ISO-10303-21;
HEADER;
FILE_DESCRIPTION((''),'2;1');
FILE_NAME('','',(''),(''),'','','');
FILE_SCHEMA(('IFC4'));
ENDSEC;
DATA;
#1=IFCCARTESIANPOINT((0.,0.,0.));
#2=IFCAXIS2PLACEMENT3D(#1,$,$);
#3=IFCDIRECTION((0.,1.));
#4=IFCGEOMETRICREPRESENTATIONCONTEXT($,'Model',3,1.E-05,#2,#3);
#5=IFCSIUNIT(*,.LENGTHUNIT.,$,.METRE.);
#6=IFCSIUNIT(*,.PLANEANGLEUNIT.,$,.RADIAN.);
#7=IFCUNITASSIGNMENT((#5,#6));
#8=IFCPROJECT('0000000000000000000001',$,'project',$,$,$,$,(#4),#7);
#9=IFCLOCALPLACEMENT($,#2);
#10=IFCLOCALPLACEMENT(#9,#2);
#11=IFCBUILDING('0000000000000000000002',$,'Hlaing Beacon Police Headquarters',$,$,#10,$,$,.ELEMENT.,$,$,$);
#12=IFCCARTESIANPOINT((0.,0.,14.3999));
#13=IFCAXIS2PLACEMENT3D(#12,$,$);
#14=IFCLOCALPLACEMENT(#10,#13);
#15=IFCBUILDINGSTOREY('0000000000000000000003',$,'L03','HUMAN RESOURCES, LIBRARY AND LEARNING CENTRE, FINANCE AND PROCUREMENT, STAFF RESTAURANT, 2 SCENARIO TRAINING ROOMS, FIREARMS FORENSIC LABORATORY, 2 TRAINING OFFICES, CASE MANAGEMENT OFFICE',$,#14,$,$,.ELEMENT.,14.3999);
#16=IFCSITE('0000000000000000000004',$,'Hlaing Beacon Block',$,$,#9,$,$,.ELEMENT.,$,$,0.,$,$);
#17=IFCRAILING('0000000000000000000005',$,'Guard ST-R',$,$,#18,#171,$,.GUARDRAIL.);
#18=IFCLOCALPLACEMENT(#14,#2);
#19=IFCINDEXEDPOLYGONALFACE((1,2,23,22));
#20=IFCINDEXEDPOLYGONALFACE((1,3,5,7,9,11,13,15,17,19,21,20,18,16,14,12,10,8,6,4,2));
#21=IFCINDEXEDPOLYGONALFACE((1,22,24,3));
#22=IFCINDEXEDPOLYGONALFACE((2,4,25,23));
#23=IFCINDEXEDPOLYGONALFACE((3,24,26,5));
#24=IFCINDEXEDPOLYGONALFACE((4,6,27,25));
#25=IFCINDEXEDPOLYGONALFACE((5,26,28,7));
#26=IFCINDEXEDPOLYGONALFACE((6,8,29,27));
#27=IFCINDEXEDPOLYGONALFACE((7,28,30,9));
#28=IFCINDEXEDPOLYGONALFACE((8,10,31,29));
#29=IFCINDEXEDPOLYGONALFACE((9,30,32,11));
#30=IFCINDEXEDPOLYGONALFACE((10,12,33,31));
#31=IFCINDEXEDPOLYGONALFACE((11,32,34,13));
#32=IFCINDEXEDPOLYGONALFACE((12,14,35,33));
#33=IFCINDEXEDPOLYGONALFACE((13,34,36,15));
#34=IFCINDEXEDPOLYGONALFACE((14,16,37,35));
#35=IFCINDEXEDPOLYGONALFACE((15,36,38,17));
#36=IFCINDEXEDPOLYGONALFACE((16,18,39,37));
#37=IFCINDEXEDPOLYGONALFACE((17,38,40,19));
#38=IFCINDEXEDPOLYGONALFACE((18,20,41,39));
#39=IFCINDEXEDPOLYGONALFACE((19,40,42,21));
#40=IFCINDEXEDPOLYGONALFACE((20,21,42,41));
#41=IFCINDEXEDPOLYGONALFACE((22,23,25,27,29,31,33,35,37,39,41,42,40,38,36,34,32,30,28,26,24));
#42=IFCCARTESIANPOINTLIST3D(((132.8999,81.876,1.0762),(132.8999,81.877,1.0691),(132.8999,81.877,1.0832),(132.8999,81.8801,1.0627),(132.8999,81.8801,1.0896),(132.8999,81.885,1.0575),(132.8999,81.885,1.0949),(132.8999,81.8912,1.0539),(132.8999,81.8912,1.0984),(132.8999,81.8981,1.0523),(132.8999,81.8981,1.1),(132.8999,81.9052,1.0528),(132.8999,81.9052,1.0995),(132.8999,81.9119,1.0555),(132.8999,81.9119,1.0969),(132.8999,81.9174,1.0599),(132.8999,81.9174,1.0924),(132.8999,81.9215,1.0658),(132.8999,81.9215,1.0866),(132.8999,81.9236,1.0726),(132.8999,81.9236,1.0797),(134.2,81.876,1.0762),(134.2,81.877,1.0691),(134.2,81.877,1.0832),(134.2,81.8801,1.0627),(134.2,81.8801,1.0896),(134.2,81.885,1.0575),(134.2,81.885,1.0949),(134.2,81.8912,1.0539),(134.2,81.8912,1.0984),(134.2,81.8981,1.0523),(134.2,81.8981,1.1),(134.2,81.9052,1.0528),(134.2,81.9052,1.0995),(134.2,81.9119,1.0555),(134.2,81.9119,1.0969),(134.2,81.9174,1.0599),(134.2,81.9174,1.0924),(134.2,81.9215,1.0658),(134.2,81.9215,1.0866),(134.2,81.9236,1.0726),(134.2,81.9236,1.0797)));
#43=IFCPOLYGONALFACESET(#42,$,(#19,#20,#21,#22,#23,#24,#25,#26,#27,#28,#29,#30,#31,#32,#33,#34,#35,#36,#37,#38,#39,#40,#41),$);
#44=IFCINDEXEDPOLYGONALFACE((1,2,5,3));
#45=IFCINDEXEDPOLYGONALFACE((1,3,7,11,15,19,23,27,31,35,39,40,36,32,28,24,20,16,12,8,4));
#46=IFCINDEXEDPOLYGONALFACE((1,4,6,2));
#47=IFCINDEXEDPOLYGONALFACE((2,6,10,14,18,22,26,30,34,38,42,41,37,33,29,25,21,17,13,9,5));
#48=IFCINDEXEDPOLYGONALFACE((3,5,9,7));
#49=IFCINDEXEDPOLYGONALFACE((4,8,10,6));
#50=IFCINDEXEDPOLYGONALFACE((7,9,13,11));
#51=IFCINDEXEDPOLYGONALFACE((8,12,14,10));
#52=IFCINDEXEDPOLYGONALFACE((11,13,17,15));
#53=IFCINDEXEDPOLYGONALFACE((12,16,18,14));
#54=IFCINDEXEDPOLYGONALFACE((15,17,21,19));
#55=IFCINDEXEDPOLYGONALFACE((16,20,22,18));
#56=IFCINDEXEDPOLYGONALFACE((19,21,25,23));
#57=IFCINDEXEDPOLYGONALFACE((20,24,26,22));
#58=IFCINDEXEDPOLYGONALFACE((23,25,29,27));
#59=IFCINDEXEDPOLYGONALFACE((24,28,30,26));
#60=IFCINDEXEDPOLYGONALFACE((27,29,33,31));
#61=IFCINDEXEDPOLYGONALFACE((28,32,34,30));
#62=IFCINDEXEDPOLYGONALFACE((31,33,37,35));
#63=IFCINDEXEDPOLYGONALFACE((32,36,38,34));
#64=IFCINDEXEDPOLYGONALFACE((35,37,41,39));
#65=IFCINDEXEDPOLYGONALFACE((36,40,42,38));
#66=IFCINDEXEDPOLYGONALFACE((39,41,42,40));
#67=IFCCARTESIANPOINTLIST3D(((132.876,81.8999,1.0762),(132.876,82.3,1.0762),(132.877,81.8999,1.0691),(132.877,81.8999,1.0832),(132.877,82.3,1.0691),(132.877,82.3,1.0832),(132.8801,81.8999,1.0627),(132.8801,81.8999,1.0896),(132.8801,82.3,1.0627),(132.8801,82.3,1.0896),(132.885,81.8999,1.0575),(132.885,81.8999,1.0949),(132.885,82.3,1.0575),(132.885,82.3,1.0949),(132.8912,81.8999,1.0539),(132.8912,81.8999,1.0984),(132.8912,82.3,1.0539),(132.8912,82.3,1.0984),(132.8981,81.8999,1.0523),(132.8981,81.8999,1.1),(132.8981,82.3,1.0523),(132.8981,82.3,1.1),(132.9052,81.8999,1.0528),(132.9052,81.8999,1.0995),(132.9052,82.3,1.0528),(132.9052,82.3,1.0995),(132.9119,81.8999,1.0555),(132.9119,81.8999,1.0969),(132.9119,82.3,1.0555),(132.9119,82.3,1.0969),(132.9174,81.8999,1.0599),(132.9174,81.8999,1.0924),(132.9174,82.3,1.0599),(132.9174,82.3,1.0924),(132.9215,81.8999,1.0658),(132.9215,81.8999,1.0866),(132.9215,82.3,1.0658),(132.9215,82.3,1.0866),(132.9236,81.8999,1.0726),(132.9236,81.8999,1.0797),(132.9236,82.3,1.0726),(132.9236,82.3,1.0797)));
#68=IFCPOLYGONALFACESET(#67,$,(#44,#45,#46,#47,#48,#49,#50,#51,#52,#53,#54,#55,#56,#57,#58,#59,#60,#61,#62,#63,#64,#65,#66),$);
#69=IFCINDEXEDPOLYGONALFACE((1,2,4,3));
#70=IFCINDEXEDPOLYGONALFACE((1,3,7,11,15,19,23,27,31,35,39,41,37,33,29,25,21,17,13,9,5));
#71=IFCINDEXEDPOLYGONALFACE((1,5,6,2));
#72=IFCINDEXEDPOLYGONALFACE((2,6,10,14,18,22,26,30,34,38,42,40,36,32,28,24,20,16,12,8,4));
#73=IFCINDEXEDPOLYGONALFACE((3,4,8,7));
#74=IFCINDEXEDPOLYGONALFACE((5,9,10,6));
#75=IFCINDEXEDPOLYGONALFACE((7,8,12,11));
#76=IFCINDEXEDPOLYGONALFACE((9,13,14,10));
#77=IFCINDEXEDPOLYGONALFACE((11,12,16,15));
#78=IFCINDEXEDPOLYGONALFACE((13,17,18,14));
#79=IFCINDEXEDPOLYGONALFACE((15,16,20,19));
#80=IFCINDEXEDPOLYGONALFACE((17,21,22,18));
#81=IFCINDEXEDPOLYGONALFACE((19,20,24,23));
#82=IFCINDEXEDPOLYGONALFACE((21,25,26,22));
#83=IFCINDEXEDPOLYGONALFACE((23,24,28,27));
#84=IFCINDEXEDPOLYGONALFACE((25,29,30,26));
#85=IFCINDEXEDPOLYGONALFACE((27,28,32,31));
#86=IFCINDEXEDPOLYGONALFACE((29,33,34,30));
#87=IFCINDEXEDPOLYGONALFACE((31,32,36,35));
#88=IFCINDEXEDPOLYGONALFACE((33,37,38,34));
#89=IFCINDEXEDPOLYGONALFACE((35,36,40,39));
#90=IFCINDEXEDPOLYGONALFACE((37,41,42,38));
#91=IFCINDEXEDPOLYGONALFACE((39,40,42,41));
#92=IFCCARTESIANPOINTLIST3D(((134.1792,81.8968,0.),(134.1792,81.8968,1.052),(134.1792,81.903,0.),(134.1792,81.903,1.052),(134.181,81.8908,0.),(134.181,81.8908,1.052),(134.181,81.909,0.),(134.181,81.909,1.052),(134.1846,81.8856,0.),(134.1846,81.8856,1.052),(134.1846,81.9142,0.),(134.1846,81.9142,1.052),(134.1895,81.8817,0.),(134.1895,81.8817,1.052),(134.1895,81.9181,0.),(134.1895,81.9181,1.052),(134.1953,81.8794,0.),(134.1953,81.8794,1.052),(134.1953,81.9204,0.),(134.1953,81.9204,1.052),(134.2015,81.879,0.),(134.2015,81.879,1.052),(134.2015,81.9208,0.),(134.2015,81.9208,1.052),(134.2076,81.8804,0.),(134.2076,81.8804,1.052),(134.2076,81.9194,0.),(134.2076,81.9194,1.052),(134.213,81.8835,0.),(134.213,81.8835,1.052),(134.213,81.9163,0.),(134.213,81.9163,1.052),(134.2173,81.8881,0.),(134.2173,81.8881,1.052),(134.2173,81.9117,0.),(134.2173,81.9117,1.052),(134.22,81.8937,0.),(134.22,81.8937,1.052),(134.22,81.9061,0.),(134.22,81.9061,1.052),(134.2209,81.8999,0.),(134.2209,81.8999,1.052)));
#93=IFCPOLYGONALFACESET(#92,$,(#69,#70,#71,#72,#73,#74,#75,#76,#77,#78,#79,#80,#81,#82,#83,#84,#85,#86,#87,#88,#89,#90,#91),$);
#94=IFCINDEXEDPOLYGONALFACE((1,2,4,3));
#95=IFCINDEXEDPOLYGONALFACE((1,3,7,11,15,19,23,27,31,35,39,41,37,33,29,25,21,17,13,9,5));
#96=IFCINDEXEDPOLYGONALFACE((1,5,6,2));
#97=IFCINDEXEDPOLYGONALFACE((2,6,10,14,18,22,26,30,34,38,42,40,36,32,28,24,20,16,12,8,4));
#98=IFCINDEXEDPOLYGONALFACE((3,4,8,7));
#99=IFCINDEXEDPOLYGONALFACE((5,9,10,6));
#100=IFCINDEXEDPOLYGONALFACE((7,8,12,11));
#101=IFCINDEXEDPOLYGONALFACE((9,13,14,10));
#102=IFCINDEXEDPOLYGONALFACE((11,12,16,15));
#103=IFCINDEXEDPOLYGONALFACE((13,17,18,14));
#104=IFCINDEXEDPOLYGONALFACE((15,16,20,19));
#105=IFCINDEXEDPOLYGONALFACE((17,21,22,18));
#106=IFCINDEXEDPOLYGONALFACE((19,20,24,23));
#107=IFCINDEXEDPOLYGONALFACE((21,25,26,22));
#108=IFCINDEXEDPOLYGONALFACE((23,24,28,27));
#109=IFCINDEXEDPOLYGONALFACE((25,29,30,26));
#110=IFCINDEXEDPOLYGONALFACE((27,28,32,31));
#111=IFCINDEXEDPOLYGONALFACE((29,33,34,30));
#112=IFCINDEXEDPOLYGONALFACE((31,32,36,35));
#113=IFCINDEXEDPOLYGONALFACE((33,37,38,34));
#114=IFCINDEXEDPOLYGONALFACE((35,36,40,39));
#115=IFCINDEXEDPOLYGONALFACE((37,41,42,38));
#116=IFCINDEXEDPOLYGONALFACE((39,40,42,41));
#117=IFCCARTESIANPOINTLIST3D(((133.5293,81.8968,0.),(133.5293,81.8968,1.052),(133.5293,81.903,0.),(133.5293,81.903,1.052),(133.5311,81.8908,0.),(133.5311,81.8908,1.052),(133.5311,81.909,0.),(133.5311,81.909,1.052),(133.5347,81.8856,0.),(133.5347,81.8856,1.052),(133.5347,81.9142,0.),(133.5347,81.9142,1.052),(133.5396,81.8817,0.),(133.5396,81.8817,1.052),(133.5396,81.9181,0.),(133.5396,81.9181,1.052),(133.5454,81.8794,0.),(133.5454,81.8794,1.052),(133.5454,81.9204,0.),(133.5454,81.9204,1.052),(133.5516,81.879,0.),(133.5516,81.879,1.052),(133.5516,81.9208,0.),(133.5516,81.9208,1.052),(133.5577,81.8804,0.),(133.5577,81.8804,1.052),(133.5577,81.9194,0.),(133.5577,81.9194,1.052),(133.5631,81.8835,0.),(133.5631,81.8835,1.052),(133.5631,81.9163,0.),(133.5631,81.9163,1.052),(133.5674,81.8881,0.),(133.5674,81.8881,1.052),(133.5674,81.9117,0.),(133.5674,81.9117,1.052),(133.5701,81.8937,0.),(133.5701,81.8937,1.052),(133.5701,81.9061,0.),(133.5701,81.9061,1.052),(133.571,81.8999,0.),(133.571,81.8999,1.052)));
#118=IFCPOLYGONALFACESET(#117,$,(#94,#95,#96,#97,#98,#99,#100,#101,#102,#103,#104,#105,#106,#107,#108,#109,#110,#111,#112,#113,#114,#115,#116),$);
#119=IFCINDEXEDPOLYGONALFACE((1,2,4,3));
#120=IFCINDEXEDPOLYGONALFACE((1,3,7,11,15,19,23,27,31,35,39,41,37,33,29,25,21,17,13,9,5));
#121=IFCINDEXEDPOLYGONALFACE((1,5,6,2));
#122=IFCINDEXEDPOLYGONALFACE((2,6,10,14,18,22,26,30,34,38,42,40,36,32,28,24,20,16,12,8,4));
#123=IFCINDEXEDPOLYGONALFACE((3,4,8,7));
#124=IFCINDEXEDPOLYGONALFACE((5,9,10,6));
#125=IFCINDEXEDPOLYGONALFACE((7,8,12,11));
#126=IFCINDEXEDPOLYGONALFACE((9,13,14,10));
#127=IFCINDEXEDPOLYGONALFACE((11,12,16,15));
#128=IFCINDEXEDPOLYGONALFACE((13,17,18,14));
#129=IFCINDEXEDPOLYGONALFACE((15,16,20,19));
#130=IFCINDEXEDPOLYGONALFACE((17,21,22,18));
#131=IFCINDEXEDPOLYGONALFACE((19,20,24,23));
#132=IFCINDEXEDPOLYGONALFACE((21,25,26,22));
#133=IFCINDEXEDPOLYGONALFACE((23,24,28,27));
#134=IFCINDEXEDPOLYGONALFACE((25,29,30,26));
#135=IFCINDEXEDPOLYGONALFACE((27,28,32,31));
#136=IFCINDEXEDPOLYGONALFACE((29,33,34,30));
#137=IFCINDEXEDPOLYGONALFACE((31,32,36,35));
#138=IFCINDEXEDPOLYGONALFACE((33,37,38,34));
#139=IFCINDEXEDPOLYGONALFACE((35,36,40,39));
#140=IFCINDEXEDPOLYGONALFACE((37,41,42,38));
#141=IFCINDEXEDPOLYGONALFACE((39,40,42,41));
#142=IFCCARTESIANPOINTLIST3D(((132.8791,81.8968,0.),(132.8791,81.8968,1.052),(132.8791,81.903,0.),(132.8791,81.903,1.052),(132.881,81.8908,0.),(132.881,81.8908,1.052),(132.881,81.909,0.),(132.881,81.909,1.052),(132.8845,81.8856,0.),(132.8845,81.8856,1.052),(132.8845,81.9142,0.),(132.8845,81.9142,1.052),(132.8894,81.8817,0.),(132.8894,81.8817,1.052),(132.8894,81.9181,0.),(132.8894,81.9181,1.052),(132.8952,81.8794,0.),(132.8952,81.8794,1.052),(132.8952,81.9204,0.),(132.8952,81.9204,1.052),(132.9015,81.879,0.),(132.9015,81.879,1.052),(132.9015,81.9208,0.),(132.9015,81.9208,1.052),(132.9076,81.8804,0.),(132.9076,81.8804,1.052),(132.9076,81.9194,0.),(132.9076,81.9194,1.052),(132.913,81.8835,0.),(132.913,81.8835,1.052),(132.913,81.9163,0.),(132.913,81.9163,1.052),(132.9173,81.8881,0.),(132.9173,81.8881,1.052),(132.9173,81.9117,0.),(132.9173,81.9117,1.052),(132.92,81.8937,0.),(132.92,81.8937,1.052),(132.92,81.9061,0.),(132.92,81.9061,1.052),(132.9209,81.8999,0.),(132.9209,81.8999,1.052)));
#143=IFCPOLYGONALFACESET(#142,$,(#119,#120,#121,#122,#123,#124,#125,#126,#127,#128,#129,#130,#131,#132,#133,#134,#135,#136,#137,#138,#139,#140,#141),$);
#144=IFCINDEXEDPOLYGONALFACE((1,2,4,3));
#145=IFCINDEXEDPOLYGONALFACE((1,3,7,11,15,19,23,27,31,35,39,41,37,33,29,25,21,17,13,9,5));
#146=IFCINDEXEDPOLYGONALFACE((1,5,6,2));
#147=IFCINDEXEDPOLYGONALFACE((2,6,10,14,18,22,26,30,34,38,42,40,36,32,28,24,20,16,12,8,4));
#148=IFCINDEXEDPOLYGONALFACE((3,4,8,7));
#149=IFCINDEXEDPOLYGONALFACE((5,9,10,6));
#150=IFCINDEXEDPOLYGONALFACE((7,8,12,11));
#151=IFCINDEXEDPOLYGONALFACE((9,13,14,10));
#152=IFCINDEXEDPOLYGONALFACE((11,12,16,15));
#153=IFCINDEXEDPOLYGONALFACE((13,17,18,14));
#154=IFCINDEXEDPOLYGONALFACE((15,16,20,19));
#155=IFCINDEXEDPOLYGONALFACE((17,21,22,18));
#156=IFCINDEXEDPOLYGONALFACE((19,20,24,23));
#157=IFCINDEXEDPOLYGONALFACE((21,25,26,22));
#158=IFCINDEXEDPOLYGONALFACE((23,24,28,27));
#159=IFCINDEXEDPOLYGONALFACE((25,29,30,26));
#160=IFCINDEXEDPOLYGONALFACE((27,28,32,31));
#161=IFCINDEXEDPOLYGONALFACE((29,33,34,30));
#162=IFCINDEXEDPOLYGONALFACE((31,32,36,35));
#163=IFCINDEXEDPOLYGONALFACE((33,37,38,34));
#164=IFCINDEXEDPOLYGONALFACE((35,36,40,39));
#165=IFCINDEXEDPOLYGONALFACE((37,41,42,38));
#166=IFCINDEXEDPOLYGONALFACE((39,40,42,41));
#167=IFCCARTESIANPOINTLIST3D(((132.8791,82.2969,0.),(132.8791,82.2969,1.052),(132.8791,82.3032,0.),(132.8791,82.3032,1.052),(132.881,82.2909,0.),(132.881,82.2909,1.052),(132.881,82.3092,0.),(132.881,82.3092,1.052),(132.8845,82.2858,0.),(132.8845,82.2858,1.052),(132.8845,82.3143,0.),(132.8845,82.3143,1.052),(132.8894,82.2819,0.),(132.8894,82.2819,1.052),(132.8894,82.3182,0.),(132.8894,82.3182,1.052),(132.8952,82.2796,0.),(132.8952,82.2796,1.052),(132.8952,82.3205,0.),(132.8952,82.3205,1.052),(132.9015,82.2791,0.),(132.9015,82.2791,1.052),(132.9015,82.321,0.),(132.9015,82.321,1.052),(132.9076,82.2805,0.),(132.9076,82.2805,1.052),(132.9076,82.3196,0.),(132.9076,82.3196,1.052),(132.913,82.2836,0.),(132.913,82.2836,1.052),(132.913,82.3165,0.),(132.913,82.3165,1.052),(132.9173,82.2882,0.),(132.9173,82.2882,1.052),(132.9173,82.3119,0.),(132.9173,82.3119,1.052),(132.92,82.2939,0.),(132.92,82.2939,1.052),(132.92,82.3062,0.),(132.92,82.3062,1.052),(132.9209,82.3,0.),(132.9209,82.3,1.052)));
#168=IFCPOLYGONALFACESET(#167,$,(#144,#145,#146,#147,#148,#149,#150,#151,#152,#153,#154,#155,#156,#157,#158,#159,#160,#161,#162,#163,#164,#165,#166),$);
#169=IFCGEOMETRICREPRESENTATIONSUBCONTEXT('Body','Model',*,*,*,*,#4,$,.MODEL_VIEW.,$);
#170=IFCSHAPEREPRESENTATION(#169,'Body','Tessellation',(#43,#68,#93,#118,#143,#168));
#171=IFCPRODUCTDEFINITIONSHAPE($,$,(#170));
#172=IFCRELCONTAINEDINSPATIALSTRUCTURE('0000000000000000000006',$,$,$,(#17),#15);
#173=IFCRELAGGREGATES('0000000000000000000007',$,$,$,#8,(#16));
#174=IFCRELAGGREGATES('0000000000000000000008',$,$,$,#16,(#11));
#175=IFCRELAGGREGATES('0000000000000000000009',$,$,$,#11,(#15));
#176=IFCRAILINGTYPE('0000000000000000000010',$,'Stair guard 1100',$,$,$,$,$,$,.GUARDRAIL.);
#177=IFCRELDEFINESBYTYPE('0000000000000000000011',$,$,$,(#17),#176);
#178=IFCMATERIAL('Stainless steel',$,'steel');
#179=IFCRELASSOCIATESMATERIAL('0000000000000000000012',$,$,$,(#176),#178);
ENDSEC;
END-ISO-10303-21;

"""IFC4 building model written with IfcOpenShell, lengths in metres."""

from ifc_helpers import new_model, si_unit, direction, frame, origin, origin_2d, place, context, subcontext, project, spatial, circle, extrude, material, type_object, element, save


model = new_model("IFC4")

# Units and contexts
model_context = context("Model", 3, precision=1e-05, world=origin(), true_north=direction((0.0, 1.0)))
body_context = subcontext(model_context, "Body", "Model", "MODEL_VIEW")
ifc_project = project(units=[si_unit("LENGTHUNIT", "METRE"), si_unit("PLANEANGLEUNIT", "RADIAN")], contexts=[model_context])

# Site, building, storey
site_placement = place(None, origin())
site = spatial("IfcSite", under=ifc_project, at=site_placement, Name="Hlaing Beacon Block", CompositionType="ELEMENT", RefElevation=0.0)
building_placement = place(site_placement, origin())
building = spatial("IfcBuilding", under=site, at=building_placement, Name="Hlaing Beacon Police Headquarters", CompositionType="ELEMENT")
storey_placement = place(building_placement, frame((0.0, 0.0, 14.3999)))
storey = spatial("IfcBuildingStorey", under=building, at=storey_placement, Name="L03", Description="HUMAN RESOURCES, LIBRARY AND LEARNING CENTRE, FINANCE AND PROCUREMENT, STAFF RESTAURANT, 2 SCENARIO TRAINING ROOMS, FIREARMS FORENSIC LABORATORY, 2 TRAINING OFFICES, CASE MANAGEMENT OFFICE", CompositionType="ELEMENT", Elevation=14.3999)

# Railing
ifc_material_1 = material(Name="Stainless steel", Category="steel")
railing_type_1 = type_object("IfcRailingType", Name="Stair guard 1100", PredefinedType="GUARDRAIL", material=ifc_material_1)
railing_placement = place(storey_placement, frame((134.2, 81.8999, 0.0)))
element("IfcRailing", 1, at=railing_placement, inside=storey, type_object=railing_type_1, Name="Guard ST-R", PredefinedType="GUARDRAIL", context=body_context, shape_type="SweptSolid", body=[
    extrude(circle(Radius=0.0239, at=origin_2d()), frame((0.0, 0.0, 1.0762), z_axis=(-1.0, 0.0, 0.0), x_axis=(0.0, -1.0, 0.0)), (0.0, 0.0, 1.0), 1.3),
    extrude(circle(Radius=0.0239, at=origin_2d()), frame((-1.3, 0.0, 1.0762), z_axis=(0.0, 1.0, 0.0), x_axis=(-1.0, 0.0, 0.0)), (0.0, 0.0, 1.0), 0.4001),
    extrude(circle(Radius=0.021, at=origin_2d()), origin(), (0.0, 0.0, 1.0), 1.052),
    extrude(circle(Radius=0.021, at=origin_2d()), frame((-0.6499, 0.0, 0.0)), (0.0, 0.0, 1.0), 1.052),
    extrude(circle(Radius=0.021, at=origin_2d()), frame((-1.3, 0.0, 0.0)), (0.0, 0.0, 1.0), 1.052),
    extrude(circle(Radius=0.021, at=origin_2d()), frame((-1.3, 0.4001, 0.0)), (0.0, 0.0, 1.0), 1.052),
])

save(model, "model.ifc")
